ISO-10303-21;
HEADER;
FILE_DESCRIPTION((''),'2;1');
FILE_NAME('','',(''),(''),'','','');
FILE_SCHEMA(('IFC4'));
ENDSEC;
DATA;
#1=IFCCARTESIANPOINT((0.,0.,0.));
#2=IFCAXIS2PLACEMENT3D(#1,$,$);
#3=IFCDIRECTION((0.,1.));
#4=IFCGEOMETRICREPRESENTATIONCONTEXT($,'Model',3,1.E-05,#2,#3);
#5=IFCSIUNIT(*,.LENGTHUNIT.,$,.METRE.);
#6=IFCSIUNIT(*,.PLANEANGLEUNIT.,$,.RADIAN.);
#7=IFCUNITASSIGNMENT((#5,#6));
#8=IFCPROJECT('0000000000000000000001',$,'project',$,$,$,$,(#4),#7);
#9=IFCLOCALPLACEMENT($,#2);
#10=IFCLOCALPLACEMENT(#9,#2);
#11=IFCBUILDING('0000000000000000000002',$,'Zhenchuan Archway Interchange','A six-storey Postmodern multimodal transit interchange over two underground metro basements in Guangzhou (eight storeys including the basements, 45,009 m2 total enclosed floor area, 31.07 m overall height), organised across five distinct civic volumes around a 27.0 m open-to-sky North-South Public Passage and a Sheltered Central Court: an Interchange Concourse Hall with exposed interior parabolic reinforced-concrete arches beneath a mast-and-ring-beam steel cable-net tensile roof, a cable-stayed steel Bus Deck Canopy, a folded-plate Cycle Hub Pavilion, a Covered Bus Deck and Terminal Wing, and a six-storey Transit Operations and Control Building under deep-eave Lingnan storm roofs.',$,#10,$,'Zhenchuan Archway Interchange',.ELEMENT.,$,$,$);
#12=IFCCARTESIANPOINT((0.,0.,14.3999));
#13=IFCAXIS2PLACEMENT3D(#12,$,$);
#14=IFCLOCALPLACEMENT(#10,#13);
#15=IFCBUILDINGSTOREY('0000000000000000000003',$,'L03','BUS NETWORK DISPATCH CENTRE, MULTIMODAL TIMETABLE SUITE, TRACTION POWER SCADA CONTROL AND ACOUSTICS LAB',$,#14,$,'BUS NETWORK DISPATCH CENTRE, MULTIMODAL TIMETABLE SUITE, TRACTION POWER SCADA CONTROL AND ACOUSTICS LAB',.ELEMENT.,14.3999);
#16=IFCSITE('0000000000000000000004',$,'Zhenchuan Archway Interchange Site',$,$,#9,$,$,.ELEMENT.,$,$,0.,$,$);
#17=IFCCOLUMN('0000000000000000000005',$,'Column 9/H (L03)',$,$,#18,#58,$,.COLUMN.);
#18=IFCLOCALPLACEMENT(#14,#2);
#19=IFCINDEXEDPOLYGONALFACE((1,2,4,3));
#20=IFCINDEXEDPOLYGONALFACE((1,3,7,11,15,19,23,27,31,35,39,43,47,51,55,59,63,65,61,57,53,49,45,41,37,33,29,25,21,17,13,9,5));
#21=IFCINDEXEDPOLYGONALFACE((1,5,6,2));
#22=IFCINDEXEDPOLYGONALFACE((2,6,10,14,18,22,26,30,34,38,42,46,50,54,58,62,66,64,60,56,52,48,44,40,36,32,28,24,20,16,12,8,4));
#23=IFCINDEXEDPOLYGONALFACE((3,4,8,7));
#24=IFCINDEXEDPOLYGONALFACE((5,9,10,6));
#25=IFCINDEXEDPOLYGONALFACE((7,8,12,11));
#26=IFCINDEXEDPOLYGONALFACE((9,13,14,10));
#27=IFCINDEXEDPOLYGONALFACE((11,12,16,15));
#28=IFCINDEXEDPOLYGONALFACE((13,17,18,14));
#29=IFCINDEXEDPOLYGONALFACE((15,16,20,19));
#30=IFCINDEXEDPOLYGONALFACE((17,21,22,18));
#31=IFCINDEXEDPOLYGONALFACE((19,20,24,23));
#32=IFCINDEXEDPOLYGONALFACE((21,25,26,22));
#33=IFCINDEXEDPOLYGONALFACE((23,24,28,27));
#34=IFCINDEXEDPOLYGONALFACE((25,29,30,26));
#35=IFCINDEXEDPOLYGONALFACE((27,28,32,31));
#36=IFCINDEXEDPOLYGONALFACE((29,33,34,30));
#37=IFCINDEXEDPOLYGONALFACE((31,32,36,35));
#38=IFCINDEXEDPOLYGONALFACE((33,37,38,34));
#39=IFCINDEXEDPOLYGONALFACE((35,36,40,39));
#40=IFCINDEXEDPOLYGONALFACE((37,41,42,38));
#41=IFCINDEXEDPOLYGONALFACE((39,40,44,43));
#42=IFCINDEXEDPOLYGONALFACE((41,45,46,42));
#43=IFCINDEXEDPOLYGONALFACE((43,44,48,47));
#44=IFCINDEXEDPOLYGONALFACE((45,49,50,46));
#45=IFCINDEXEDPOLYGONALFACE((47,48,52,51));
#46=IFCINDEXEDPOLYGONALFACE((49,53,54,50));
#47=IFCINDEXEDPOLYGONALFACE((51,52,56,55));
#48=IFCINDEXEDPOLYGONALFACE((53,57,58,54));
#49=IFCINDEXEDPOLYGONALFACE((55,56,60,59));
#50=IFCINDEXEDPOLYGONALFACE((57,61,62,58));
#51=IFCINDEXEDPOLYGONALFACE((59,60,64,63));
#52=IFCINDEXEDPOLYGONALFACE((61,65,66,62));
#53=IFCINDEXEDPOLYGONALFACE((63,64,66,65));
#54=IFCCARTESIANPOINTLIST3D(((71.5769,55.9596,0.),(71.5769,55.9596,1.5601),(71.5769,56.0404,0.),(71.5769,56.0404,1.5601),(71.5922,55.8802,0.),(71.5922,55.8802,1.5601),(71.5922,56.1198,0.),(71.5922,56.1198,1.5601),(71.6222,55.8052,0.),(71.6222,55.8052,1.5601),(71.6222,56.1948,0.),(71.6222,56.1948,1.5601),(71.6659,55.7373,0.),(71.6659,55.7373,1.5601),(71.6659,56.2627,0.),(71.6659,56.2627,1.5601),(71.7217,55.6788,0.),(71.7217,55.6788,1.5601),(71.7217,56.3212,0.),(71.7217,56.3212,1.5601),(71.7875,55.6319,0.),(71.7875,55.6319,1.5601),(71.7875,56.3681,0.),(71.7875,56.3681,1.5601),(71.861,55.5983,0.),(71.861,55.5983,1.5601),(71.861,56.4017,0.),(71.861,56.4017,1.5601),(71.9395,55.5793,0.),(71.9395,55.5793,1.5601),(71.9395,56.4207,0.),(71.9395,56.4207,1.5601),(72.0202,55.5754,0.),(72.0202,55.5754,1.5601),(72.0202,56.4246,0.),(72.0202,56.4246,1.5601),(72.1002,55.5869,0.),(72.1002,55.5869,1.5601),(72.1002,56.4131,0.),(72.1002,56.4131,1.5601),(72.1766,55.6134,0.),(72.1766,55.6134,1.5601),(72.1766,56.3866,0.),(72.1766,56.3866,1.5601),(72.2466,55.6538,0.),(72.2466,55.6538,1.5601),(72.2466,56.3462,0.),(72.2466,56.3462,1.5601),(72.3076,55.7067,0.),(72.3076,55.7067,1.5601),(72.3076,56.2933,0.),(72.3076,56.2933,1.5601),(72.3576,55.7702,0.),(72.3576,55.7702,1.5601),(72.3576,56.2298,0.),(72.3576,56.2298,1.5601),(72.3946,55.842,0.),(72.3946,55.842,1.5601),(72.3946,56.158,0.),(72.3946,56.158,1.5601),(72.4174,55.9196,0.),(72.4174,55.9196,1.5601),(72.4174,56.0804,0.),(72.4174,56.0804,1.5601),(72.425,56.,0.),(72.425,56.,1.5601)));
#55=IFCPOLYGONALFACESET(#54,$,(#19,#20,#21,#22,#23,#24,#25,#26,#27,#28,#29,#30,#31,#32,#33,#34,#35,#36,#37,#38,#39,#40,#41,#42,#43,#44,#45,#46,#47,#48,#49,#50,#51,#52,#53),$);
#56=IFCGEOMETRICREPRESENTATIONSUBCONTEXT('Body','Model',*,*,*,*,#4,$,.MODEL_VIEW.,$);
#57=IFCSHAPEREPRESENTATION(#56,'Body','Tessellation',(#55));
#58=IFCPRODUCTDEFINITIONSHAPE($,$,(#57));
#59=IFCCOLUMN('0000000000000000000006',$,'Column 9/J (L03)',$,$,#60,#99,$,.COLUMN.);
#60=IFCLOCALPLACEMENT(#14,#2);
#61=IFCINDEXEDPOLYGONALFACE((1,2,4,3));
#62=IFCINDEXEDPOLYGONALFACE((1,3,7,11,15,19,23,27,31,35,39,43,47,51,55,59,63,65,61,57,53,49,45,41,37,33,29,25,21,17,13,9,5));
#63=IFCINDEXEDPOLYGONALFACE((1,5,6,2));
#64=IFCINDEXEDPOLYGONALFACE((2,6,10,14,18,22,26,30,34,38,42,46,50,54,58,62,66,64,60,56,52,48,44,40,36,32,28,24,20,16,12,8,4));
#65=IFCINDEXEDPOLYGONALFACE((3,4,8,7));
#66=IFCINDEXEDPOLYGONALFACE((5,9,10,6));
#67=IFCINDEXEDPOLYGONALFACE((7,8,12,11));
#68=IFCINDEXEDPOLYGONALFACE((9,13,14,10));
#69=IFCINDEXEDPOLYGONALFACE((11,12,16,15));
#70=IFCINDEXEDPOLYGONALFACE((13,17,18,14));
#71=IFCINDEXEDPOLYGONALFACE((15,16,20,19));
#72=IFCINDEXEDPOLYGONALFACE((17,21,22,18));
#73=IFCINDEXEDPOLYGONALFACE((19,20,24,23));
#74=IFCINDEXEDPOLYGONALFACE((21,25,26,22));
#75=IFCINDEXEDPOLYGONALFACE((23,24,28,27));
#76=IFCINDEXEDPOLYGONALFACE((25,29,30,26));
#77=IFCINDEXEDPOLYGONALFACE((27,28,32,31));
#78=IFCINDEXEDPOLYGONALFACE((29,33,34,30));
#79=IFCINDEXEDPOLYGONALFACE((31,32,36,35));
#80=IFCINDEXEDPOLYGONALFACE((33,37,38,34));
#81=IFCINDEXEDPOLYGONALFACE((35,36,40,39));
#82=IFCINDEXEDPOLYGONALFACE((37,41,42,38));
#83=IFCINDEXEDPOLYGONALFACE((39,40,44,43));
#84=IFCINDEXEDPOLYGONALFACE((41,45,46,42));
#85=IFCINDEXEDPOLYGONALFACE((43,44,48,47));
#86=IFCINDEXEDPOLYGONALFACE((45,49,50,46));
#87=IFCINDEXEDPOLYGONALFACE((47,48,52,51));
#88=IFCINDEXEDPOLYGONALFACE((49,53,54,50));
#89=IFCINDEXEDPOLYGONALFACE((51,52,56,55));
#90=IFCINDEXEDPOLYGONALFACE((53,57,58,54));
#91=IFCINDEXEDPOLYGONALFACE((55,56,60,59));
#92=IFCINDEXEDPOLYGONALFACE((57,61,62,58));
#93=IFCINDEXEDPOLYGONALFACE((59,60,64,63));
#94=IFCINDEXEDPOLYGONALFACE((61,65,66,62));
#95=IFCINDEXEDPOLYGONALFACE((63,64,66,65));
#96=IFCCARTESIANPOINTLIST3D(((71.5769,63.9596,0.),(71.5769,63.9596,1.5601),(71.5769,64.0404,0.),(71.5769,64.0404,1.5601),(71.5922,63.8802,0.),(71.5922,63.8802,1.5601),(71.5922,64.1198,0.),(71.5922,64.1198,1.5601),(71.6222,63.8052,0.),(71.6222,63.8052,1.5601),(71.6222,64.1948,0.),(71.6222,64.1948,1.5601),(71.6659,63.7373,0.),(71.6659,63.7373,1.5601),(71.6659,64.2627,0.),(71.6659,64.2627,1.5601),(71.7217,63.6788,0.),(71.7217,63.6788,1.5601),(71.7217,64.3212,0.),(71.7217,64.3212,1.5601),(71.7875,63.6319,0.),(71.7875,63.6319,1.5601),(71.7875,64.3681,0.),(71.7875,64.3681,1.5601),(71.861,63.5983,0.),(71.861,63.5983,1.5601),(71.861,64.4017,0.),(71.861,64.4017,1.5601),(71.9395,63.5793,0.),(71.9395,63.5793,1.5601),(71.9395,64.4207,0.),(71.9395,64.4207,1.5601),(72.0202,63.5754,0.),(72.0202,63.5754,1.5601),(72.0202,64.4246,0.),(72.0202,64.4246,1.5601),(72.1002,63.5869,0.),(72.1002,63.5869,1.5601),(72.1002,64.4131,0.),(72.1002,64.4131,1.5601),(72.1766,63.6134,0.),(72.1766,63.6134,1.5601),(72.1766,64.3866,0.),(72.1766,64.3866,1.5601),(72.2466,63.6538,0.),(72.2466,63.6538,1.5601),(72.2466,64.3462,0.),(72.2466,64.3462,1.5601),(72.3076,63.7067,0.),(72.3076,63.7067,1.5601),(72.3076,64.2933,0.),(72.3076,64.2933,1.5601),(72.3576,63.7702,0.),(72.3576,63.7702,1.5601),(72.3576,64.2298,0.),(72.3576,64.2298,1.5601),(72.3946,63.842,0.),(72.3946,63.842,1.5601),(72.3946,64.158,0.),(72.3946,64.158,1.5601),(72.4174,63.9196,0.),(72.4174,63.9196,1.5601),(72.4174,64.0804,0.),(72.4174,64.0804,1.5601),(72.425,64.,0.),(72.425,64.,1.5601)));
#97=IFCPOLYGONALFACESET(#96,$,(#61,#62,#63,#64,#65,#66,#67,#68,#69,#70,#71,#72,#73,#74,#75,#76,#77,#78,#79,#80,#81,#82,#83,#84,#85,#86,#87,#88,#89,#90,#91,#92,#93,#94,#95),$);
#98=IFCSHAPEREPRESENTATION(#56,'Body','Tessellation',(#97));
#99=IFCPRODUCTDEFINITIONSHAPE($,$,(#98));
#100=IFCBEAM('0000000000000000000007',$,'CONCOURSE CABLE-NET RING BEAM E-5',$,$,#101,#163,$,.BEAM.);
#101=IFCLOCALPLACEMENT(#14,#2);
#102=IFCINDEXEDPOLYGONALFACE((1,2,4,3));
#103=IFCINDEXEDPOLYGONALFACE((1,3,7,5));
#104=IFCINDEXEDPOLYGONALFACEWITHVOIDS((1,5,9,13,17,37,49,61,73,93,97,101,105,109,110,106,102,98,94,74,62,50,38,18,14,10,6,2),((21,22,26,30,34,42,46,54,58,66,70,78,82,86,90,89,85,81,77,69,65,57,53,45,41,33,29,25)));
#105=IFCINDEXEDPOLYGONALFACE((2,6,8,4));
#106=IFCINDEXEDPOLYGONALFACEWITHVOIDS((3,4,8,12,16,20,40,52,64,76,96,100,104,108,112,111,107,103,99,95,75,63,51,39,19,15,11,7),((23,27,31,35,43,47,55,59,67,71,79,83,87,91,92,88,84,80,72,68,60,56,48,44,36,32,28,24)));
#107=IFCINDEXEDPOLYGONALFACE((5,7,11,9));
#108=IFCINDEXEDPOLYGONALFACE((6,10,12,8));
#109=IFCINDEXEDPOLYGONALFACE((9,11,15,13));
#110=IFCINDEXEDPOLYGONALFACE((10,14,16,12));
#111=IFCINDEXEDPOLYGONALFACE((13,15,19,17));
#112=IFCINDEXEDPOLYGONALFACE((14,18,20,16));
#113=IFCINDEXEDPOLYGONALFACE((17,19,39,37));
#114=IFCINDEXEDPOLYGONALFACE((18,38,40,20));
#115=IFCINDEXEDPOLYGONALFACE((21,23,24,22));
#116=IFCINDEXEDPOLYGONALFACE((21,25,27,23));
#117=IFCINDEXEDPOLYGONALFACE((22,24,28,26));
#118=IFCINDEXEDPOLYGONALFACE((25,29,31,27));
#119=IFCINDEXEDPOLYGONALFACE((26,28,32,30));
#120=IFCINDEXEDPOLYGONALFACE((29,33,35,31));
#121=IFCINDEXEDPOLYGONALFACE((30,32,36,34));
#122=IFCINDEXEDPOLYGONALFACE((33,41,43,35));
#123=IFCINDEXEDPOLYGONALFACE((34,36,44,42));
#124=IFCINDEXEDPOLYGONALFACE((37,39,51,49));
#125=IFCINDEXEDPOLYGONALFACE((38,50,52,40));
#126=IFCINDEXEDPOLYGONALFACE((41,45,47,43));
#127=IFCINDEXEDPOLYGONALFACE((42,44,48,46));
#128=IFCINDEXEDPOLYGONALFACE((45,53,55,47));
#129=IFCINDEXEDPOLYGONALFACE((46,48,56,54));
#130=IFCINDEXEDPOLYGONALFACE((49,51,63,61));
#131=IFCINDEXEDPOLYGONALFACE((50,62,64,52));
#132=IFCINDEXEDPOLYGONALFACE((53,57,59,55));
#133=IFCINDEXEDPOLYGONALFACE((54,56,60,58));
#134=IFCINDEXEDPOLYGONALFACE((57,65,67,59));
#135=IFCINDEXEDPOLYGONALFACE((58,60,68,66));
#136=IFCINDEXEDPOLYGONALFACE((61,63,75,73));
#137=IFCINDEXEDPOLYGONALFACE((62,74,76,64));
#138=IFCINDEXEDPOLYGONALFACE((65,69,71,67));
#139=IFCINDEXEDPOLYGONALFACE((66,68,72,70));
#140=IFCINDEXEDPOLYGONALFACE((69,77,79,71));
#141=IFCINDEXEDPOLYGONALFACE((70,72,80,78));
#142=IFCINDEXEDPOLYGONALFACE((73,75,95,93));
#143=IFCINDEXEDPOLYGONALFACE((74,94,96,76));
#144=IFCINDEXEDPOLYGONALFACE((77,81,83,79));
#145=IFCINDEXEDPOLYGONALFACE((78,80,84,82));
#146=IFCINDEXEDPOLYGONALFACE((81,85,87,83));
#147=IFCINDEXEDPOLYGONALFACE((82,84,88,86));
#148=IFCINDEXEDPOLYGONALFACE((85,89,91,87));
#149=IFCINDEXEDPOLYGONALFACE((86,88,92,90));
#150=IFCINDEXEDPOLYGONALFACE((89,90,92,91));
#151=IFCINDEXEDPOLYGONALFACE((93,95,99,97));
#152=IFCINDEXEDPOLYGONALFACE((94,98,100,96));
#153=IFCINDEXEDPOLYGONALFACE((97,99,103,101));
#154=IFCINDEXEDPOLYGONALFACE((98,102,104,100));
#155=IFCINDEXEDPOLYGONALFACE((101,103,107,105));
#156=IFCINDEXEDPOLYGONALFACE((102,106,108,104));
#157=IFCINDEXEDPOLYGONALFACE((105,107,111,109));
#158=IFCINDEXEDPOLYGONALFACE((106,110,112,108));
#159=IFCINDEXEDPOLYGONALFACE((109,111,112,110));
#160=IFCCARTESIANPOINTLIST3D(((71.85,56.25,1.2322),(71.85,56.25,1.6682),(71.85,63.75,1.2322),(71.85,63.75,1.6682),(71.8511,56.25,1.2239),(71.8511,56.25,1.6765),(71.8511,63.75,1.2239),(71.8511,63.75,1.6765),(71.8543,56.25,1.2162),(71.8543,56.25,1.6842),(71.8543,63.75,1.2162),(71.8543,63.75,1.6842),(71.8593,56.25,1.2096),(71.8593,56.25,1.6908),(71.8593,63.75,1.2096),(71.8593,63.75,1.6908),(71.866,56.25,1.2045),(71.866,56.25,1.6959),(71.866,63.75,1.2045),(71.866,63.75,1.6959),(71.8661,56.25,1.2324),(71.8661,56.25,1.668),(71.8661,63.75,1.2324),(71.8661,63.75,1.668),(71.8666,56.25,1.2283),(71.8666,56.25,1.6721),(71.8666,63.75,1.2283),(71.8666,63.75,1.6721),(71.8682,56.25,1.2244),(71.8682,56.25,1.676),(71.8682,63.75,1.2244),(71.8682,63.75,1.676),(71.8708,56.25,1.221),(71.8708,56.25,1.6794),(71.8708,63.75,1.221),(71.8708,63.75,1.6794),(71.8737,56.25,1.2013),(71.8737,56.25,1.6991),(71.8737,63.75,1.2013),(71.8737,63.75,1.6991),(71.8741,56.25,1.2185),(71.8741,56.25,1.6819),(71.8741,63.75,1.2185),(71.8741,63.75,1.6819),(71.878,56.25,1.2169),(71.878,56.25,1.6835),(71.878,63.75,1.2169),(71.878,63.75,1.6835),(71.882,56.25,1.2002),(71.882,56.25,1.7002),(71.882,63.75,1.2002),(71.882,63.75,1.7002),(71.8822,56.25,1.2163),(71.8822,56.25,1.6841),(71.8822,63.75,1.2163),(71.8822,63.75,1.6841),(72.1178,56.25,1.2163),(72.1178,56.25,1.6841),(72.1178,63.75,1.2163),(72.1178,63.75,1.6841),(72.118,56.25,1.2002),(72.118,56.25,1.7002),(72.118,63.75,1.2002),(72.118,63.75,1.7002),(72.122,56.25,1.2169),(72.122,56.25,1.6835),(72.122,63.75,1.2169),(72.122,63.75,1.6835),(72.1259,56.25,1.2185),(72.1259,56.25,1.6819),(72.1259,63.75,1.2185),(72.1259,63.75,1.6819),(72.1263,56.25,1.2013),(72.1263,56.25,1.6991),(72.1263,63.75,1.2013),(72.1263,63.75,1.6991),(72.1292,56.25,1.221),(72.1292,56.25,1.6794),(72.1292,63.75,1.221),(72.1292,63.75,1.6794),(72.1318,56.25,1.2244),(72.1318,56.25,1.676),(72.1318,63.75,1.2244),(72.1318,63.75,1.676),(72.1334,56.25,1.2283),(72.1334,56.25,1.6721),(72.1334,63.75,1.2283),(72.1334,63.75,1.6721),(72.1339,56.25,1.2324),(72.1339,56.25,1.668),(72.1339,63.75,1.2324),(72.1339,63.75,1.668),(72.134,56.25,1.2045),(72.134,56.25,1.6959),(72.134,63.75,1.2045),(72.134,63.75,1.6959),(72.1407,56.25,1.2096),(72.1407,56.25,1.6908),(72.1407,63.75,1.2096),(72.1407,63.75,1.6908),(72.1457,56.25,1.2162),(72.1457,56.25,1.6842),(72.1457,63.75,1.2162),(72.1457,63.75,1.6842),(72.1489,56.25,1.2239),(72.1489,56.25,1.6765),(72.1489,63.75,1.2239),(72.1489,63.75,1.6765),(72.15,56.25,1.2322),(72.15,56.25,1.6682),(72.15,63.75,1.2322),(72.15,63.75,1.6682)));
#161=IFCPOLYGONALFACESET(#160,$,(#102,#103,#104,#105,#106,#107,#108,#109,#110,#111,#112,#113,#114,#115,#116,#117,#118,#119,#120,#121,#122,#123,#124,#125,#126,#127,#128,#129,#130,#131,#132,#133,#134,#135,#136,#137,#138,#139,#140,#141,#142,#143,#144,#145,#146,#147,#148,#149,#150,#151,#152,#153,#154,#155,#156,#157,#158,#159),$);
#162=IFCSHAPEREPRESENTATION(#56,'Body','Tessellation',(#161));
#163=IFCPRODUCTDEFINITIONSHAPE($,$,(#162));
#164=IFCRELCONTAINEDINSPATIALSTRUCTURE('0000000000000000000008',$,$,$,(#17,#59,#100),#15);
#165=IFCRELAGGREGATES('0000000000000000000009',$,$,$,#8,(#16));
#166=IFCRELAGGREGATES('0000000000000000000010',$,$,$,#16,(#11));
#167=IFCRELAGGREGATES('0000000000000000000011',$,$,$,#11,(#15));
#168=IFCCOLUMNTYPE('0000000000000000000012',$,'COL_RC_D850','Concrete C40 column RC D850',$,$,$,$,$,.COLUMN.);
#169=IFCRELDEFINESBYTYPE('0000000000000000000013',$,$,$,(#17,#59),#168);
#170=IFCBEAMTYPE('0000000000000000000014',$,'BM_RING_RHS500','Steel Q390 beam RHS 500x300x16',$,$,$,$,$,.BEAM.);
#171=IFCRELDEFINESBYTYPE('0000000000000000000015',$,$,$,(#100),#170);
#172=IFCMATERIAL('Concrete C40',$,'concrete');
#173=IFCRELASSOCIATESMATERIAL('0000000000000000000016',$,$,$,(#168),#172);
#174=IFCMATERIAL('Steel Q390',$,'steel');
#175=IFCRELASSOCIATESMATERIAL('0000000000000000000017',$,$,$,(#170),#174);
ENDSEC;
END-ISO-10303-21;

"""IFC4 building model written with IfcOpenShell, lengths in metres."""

from ifc_helpers import new_model, si_unit, direction, frame, origin, origin_2d, place, context, subcontext, project, spatial, hollow_rectangle, circle, extrude, material, material_profile, profile_set, type_object, element, save


model = new_model("IFC4")

# Units and contexts
model_context = context("Model", 3, precision=1e-05, world=origin(), true_north=direction((0.0, 1.0)))
body_context = subcontext(model_context, "Body", "Model", "MODEL_VIEW")
ifc_project = project(units=[si_unit("LENGTHUNIT", "METRE"), si_unit("PLANEANGLEUNIT", "RADIAN")], contexts=[model_context])

# Site, building, storey
site_placement = place(None, origin())
site = spatial("IfcSite", under=ifc_project, at=site_placement, Name="Zhenchuan Archway Interchange Site", CompositionType="ELEMENT", RefElevation=0.0)
building_placement = place(site_placement, origin())
building = spatial("IfcBuilding", under=site, at=building_placement, Name="Zhenchuan Archway Interchange", Description="A six-storey Postmodern multimodal transit interchange over two underground metro basements in Guangzhou (eight storeys including the basements, 45,009 m2 total enclosed floor area, 31.07 m overall height), organised across five distinct civic volumes around a 27.0 m open-to-sky North-South Public Passage and a Sheltered Central Court: an Interchange Concourse Hall with exposed interior parabolic reinforced-concrete arches beneath a mast-and-ring-beam steel cable-net tensile roof, a cable-stayed steel Bus Deck Canopy, a folded-plate Cycle Hub Pavilion, a Covered Bus Deck and Terminal Wing, and a six-storey Transit Operations and Control Building under deep-eave Lingnan storm roofs.", LongName="Zhenchuan Archway Interchange", CompositionType="ELEMENT")
storey_placement = place(building_placement, frame((0.0, 0.0, 14.3999)))
storey = spatial("IfcBuildingStorey", under=building, at=storey_placement, Name="L03", Description="BUS NETWORK DISPATCH CENTRE, MULTIMODAL TIMETABLE SUITE, TRACTION POWER SCADA CONTROL AND ACOUSTICS LAB", LongName="BUS NETWORK DISPATCH CENTRE, MULTIMODAL TIMETABLE SUITE, TRACTION POWER SCADA CONTROL AND ACOUSTICS LAB", CompositionType="ELEMENT", Elevation=14.3999)

# Columns
ifc_material_1 = material(Name="Concrete C40", Category="concrete")
ifc_material_profile_1 = material_profile(ifc_material_1, circle(Radius=0.425, at=origin_2d()), Name="RC D850")
ifc_profile_set_1 = profile_set([ifc_material_profile_1], Name="Concrete C40")
column_type = type_object("IfcColumnType", Name="COL_RC_D850", Description="Concrete C40 column RC D850", PredefinedType="COLUMN", material=ifc_profile_set_1)
for number, where, z_axis, x_axis, name in (
    (1, (72.0, 56.0, 0.0), (0.0, 0.0, 1.0), (1.0, 0.0, 0.0), "Column 9/H (L03)"),
    (2, (72.0, 64.0, 0.0), (0.0, 0.0, 1.0), (1.0, 0.0, 0.0), "Column 9/J (L03)"),
):
    element("IfcColumn", number, at=place(storey_placement, frame(where, z_axis=z_axis, x_axis=x_axis)), inside=storey, type_object=column_type, Name=name, PredefinedType="COLUMN", context=body_context, shape_type="SweptSolid", body=[
        extrude(circle(Radius=0.425, at=origin_2d()), origin(), (0.0, 0.0, 1.0), 1.5601),
    ])

# Beam
ifc_material_2 = material(Name="Steel Q390", Category="steel")
ifc_material_profile_2 = material_profile(ifc_material_2, hollow_rectangle(XDim=0.3, YDim=0.5, WallThickness=0.0161, InnerFilletRadius=0.0161, OuterFilletRadius=0.032, at=origin_2d()), Name="RHS 500x300x16")
ifc_profile_set_2 = profile_set([ifc_material_profile_2], Name="Steel Q390")
beam_type = type_object("IfcBeamType", Name="BM_RING_RHS500", Description="Steel Q390 beam RHS 500x300x16", PredefinedType="BEAM", material=ifc_profile_set_2)
for number, where, z_axis, x_axis, name in (
    (3, (72.0, 56.25, 1.4502), (0.0, 1.0, 0.0), (-1.0, 0.0, 0.0), "CONCOURSE CABLE-NET RING BEAM E-5"),
):
    element("IfcBeam", number, at=place(storey_placement, frame(where, z_axis=z_axis, x_axis=x_axis)), inside=storey, type_object=beam_type, Name=name, PredefinedType="BEAM", context=body_context, shape_type="SweptSolid", body=[
        extrude(hollow_rectangle(XDim=0.3, YDim=0.5, WallThickness=0.0161, InnerFilletRadius=0.0161, OuterFilletRadius=0.032, at=origin_2d()), origin(), (0.0, 0.0, 1.0), 7.5),
    ])

save(model, "model.ifc")
